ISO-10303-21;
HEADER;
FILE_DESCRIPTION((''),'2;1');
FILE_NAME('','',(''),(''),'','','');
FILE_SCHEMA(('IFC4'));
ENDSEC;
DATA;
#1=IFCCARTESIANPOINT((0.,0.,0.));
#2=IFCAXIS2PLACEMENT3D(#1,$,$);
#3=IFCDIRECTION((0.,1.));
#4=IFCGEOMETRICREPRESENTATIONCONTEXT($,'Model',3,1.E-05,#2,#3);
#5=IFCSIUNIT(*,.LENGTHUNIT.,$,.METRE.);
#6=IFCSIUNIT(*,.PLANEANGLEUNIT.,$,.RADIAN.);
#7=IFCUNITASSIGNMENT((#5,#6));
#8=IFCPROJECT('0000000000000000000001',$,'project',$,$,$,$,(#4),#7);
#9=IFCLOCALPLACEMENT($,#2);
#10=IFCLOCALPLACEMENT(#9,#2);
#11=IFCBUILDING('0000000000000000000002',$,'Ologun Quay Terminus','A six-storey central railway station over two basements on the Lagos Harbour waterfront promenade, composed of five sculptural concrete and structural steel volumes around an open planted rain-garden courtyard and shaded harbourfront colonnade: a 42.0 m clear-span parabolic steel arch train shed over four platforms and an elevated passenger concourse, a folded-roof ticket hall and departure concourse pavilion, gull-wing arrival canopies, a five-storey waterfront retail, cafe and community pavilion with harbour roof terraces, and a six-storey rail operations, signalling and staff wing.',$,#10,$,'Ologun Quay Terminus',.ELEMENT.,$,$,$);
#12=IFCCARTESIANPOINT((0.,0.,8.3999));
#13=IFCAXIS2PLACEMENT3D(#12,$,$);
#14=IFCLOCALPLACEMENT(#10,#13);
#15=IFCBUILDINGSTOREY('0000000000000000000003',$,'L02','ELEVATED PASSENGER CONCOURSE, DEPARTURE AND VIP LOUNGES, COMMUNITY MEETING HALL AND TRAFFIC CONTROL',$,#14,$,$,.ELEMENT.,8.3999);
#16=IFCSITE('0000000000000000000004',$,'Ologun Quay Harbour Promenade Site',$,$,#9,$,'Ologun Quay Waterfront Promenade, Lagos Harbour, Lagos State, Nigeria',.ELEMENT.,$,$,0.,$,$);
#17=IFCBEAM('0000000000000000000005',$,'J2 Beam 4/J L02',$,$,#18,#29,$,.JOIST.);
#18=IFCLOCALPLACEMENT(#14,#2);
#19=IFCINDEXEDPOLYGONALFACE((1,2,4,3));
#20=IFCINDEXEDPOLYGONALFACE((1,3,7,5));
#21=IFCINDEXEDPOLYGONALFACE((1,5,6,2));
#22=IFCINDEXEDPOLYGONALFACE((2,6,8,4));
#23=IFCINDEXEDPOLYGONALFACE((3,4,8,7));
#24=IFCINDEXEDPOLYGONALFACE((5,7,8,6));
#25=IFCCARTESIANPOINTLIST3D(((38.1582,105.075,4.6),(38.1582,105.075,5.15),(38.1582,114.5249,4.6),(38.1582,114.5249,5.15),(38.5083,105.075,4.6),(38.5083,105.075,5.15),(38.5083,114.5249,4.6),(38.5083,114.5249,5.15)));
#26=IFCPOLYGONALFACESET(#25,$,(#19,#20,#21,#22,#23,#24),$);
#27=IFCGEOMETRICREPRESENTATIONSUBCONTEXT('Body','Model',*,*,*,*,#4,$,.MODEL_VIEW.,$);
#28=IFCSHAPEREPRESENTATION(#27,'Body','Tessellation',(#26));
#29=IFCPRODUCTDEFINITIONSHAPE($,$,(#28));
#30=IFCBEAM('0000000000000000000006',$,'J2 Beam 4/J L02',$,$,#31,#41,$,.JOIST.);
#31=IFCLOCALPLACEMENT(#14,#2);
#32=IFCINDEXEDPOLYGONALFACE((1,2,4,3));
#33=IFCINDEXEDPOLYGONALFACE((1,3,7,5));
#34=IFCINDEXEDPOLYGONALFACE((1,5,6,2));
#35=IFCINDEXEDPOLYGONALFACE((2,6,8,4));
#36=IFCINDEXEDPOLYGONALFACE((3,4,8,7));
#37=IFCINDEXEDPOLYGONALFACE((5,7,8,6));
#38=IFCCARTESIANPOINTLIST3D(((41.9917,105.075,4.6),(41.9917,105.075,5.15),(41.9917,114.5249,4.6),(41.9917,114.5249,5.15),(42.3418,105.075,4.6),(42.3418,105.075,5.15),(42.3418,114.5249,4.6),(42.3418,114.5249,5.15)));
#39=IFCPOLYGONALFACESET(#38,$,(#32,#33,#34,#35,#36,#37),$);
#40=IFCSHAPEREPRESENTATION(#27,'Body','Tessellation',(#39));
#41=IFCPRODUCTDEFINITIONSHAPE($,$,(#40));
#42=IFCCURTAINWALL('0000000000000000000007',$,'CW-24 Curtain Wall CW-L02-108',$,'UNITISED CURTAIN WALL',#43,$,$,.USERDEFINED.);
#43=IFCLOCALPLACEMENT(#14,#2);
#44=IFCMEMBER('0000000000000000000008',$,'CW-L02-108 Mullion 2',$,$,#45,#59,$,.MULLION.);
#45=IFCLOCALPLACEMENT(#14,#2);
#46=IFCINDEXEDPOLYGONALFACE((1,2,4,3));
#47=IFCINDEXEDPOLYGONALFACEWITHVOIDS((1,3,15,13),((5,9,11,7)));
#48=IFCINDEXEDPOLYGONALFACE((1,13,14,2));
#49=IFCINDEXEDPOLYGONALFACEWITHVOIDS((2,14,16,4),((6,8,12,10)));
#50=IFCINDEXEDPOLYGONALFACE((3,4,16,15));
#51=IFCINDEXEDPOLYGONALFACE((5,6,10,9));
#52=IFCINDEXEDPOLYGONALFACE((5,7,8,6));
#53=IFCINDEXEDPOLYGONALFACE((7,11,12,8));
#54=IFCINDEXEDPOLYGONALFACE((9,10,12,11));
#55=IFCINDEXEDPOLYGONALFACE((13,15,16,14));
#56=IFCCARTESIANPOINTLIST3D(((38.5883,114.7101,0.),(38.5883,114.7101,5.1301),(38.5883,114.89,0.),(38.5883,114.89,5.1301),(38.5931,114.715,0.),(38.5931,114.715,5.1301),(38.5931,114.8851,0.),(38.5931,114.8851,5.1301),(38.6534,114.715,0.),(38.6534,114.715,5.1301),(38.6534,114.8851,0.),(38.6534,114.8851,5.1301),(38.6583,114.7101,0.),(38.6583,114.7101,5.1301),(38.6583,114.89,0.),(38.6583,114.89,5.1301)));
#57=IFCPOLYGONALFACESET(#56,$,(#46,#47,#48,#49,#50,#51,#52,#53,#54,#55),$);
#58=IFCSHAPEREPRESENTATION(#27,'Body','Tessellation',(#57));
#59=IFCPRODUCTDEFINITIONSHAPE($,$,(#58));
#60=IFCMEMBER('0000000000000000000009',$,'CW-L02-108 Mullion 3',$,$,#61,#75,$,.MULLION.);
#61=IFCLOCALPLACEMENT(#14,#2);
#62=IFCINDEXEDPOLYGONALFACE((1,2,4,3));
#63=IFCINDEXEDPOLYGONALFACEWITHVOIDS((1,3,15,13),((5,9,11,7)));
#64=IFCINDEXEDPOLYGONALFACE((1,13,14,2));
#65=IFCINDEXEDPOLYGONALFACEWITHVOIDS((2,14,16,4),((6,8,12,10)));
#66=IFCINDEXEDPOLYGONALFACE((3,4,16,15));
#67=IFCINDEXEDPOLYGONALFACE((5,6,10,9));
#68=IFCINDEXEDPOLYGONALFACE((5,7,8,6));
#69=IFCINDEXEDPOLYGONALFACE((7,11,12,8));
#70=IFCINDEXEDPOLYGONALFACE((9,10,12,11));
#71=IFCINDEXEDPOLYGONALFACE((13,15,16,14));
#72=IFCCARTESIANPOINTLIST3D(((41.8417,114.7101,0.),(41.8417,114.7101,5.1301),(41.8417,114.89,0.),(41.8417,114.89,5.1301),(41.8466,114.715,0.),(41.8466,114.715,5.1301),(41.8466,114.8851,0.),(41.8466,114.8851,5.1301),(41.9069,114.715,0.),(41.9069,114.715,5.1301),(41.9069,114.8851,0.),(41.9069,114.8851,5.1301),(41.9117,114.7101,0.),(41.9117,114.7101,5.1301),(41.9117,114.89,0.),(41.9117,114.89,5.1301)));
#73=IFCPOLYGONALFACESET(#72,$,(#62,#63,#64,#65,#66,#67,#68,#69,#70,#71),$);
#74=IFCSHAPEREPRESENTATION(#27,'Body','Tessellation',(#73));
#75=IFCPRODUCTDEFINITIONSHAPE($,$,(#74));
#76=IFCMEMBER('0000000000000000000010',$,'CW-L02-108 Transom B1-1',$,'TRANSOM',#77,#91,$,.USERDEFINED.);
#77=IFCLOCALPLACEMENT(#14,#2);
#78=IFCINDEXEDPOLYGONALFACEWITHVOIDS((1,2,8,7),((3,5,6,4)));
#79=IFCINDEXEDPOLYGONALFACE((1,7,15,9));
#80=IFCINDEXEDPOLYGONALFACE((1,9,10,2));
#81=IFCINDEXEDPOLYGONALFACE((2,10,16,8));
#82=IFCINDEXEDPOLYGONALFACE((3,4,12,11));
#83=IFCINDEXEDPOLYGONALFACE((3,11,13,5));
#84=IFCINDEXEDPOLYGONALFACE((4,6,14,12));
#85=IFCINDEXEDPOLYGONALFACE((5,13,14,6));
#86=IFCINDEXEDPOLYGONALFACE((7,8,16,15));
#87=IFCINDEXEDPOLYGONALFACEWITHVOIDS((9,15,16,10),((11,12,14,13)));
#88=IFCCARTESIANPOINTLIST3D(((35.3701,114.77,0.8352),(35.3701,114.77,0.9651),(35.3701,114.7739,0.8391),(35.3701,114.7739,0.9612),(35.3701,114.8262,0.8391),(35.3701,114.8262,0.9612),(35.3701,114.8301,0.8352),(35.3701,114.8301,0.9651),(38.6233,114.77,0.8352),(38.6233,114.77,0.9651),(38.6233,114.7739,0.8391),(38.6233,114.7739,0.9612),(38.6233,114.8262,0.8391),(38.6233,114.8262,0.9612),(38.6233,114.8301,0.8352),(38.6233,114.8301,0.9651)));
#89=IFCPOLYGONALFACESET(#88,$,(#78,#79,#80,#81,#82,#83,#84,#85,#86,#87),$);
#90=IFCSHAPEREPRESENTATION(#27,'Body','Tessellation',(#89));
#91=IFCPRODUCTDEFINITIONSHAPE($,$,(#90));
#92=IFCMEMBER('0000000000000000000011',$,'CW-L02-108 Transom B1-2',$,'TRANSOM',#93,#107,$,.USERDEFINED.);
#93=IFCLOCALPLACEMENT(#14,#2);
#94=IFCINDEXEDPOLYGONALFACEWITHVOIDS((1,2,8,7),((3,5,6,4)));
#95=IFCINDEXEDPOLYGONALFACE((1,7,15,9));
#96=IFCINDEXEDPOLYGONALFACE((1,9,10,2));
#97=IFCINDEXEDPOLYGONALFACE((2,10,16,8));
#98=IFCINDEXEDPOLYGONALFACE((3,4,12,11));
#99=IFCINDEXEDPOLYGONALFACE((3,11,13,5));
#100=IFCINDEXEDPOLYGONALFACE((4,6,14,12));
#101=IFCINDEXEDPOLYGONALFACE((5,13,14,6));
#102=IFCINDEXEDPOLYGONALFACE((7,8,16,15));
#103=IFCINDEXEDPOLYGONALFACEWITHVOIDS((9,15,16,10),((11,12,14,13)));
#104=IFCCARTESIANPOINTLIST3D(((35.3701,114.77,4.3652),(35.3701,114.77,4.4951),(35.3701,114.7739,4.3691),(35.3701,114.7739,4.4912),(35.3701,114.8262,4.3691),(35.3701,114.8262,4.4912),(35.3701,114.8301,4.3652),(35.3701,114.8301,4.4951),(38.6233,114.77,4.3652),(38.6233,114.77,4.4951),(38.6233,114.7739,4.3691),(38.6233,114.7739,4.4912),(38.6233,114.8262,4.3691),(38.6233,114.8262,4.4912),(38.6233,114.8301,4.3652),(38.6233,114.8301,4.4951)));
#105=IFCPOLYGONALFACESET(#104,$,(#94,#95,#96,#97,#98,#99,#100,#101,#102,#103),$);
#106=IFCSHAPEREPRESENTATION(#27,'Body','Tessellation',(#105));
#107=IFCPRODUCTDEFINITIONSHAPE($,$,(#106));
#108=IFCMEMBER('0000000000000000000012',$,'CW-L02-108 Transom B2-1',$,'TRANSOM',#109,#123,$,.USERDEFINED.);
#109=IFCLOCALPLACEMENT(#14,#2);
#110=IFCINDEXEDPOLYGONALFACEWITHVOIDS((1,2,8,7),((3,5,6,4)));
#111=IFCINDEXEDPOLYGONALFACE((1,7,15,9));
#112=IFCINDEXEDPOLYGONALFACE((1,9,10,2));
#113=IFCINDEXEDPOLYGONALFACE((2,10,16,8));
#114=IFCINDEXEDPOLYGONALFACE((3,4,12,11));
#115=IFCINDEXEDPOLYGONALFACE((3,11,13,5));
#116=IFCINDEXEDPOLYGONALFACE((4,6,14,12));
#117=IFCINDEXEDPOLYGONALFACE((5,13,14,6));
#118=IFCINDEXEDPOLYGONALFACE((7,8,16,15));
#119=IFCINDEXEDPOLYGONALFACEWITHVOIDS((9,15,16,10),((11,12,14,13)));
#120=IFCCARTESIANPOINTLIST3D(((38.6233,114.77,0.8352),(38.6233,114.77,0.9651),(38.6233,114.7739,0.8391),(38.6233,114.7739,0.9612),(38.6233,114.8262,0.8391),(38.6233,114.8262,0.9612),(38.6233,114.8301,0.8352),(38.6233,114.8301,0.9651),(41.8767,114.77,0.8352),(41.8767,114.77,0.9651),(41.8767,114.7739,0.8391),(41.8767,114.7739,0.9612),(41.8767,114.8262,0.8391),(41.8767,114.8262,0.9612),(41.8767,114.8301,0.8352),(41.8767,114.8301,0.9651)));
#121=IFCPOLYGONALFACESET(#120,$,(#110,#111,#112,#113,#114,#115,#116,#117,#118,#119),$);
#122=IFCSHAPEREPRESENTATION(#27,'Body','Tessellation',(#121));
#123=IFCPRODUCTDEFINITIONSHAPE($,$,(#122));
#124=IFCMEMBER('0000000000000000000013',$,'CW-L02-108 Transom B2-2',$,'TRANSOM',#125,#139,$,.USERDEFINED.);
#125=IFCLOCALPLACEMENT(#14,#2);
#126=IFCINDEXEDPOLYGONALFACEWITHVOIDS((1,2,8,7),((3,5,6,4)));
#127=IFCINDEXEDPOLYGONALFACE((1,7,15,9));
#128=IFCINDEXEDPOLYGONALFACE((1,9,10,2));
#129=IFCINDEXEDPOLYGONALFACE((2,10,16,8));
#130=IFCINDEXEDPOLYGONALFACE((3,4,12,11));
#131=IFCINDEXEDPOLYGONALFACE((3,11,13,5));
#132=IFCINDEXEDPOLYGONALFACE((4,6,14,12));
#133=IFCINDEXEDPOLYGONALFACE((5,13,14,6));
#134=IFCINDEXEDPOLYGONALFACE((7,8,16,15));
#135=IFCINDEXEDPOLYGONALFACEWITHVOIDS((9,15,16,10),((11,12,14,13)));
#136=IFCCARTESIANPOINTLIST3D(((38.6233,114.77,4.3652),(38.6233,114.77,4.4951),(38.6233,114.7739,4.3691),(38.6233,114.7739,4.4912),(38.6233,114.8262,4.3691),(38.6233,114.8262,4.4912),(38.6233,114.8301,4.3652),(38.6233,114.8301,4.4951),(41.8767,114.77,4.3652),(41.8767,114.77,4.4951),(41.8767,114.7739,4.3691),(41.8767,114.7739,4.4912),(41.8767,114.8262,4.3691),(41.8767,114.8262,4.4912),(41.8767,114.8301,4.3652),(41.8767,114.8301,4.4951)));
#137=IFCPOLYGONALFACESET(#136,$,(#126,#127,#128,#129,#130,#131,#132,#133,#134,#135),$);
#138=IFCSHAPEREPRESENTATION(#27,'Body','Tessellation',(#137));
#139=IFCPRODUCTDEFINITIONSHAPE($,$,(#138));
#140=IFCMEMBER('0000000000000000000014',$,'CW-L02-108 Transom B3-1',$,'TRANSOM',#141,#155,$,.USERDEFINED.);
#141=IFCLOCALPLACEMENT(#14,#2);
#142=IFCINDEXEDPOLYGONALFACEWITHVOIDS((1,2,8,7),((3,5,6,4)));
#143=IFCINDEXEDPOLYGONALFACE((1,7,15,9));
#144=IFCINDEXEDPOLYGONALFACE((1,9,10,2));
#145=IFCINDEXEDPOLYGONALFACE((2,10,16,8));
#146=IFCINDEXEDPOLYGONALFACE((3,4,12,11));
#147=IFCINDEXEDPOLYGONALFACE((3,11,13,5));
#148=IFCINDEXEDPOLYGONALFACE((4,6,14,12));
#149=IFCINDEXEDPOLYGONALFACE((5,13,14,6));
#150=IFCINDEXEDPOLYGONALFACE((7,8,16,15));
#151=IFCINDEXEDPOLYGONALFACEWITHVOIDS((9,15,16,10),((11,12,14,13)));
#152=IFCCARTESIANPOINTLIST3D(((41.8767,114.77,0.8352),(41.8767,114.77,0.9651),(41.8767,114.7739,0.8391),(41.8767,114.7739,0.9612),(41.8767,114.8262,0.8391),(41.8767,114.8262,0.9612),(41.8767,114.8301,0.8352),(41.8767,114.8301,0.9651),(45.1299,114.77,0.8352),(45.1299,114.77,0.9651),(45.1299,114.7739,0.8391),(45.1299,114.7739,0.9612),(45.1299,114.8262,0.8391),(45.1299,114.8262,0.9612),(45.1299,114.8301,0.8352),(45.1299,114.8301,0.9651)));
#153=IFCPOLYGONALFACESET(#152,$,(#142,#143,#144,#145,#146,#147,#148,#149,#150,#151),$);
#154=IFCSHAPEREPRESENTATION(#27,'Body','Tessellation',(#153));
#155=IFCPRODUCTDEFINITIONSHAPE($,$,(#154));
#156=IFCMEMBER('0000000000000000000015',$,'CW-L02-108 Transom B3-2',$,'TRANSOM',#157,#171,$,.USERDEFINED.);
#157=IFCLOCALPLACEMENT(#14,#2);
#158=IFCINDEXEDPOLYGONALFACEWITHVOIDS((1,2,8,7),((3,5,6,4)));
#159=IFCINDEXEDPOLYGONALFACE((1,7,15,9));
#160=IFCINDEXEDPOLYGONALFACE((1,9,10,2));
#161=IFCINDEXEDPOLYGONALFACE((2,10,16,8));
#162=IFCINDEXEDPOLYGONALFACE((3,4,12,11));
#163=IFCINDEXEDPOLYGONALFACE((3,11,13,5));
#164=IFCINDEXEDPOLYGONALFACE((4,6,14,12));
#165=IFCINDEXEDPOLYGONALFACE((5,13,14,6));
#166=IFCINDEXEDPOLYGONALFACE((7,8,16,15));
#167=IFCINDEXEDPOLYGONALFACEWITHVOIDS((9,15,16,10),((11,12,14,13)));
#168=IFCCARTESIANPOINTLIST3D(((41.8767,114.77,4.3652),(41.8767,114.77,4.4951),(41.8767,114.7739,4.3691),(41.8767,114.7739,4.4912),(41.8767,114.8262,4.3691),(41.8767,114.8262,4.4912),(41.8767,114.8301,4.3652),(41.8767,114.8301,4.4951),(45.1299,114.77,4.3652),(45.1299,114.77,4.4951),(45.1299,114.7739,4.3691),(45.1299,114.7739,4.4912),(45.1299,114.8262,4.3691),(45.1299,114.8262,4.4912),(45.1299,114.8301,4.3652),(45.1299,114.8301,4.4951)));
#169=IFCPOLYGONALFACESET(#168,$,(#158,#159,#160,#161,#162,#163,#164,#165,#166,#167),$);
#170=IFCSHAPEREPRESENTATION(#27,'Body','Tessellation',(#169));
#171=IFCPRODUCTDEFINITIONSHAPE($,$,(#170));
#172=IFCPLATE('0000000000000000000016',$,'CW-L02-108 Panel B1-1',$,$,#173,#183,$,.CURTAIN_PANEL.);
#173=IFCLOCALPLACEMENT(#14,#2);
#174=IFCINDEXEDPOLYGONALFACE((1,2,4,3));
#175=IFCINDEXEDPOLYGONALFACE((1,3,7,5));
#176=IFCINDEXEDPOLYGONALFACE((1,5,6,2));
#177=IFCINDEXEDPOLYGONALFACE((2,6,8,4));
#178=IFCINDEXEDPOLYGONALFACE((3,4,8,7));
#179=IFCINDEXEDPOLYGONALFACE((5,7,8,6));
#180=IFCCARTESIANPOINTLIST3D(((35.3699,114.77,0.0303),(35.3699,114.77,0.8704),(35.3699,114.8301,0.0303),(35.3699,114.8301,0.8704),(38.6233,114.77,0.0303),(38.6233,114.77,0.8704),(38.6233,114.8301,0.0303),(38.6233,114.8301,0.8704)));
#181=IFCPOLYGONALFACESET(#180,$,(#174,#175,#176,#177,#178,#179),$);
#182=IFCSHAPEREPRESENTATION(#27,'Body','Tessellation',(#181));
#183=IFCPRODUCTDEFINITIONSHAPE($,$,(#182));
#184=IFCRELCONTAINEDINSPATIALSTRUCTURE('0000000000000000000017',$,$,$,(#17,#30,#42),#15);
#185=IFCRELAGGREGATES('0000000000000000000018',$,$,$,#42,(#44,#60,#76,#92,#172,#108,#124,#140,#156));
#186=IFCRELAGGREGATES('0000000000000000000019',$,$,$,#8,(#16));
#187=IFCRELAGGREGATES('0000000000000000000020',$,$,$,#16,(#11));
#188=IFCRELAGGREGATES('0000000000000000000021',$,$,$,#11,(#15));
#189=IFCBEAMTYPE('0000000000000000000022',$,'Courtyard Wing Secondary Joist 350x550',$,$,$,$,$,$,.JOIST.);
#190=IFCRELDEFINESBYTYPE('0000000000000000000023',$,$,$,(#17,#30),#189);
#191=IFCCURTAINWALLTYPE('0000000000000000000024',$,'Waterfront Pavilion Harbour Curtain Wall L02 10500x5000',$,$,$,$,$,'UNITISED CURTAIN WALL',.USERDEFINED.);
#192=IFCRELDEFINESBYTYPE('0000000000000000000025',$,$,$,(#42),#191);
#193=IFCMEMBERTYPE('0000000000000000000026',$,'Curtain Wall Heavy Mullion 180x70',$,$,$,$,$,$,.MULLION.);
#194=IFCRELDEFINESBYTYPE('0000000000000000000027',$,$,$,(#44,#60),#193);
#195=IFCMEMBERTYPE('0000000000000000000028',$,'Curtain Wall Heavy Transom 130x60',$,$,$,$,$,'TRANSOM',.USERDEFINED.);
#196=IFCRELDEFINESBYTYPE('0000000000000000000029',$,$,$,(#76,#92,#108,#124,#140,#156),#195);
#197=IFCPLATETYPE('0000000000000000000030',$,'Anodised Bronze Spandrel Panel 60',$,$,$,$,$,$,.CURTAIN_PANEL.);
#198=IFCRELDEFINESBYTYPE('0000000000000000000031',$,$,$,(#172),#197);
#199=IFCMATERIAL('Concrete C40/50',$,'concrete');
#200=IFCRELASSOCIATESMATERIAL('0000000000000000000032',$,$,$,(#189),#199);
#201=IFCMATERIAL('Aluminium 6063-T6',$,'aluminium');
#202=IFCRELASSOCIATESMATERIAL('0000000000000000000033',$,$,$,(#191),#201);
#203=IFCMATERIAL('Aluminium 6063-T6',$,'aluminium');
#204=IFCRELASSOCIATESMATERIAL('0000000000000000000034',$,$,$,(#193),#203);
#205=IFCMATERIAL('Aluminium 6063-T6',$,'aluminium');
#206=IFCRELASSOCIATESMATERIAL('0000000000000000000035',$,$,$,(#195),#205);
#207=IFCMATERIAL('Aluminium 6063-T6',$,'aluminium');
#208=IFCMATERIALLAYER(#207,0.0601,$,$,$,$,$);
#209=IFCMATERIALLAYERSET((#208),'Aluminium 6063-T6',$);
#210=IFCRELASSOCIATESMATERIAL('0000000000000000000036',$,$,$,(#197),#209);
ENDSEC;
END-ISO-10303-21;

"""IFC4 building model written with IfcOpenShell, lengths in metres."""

from ifc_helpers import new_model, si_unit, direction, frame, origin, origin_2d, place, context, subcontext, project, spatial, rectangle, hollow_rectangle, extrude, material, layer, layer_set, material_profile, profile_set, type_object, element, aggregate, save


model = new_model("IFC4")

# Units and contexts
model_context = context("Model", 3, precision=1e-05, world=origin(), true_north=direction((0.0, 1.0)))
body_context = subcontext(model_context, "Body", "Model", "MODEL_VIEW")
ifc_project = project(units=[si_unit("LENGTHUNIT", "METRE"), si_unit("PLANEANGLEUNIT", "RADIAN")], contexts=[model_context])

# Site, building, storey
site_placement = place(None, origin())
site = spatial("IfcSite", under=ifc_project, at=site_placement, Name="Ologun Quay Harbour Promenade Site", LongName="Ologun Quay Waterfront Promenade, Lagos Harbour, Lagos State, Nigeria", CompositionType="ELEMENT", RefElevation=0.0)
building_placement = place(site_placement, origin())
building = spatial("IfcBuilding", under=site, at=building_placement, Name="Ologun Quay Terminus", Description="A six-storey central railway station over two basements on the Lagos Harbour waterfront promenade, composed of five sculptural concrete and structural steel volumes around an open planted rain-garden courtyard and shaded harbourfront colonnade: a 42.0 m clear-span parabolic steel arch train shed over four platforms and an elevated passenger concourse, a folded-roof ticket hall and departure concourse pavilion, gull-wing arrival canopies, a five-storey waterfront retail, cafe and community pavilion with harbour roof terraces, and a six-storey rail operations, signalling and staff wing.", LongName="Ologun Quay Terminus", CompositionType="ELEMENT")
storey_placement = place(building_placement, frame((0.0, 0.0, 8.3999)))
storey = spatial("IfcBuildingStorey", under=building, at=storey_placement, Name="L02", Description="ELEVATED PASSENGER CONCOURSE, DEPARTURE AND VIP LOUNGES, COMMUNITY MEETING HALL AND TRAFFIC CONTROL", CompositionType="ELEMENT", Elevation=8.3999)

# Beams
ifc_material_1 = material(Name="Concrete C40/50", Category="concrete")
ifc_material_profile_1 = material_profile(ifc_material_1, rectangle(XDim=0.3501, YDim=0.55, at=origin_2d()), Name="RC 350x550")
ifc_profile_set_1 = profile_set([ifc_material_profile_1], Name="Concrete C40/50")
beam_type = type_object("IfcBeamType", Name="Courtyard Wing Secondary Joist 350x550", PredefinedType="JOIST", material=ifc_profile_set_1)
for number, where, z_axis, x_axis, name in (
    (1, (38.3333, 105.075, 4.875), (0.0, 1.0, 0.0), (-1.0, 0.0, 0.0), "J2 Beam 4/J L02"),
    (2, (42.1667, 105.075, 4.875), (0.0, 1.0, 0.0), (-1.0, 0.0, 0.0), "J2 Beam 4/J L02"),
):
    element("IfcBeam", number, at=place(storey_placement, frame(where, z_axis=z_axis, x_axis=x_axis)), inside=storey, type_object=beam_type, Name=name, PredefinedType="JOIST", context=body_context, shape_type="SweptSolid", body=[
        extrude(rectangle(XDim=0.3501, YDim=0.55, at=origin_2d()), origin(), (0.0, 0.0, 1.0), 9.45),
    ])

# Curtain wall, members, plate
ifc_material_2 = material(Name="Aluminium 6063-T6", Category="aluminium")
curtain_wall_type = type_object("IfcCurtainWallType", Name="Waterfront Pavilion Harbour Curtain Wall L02 10500x5000", ElementType="UNITISED CURTAIN WALL", PredefinedType="USERDEFINED", material=ifc_material_2)
curtain_wall_placement = place(storey_placement, origin())
curtain_wall = element("IfcCurtainWall", 3, at=curtain_wall_placement, inside=storey, type_object=curtain_wall_type, Name="CW-24 Curtain Wall CW-L02-108", ObjectType="UNITISED CURTAIN WALL", PredefinedType="USERDEFINED")
ifc_material_3 = material(Name="Aluminium 6063-T6", Category="aluminium")
ifc_material_profile_2 = material_profile(ifc_material_3, hollow_rectangle(XDim=0.0701, YDim=0.1799, WallThickness=0.0049, at=origin_2d()), Name="ALU 180x70x5")
ifc_profile_set_2 = profile_set([ifc_material_profile_2], Name="Aluminium 6063-T6")
member_type_1 = type_object("IfcMemberType", Name="Curtain Wall Heavy Mullion 180x70", PredefinedType="MULLION", material=ifc_profile_set_2)
member_1_placement = place(storey_placement, frame((38.6233, 114.8, 0.0), z_axis=(0.0, 0.0, 1.0), x_axis=(1.0, 0.0, 0.0)))
member_1 = element("IfcMember", 4, at=member_1_placement, type_object=member_type_1, Name="CW-L02-108 Mullion 2", PredefinedType="MULLION", context=body_context, shape_type="SweptSolid", body=[
    extrude(hollow_rectangle(XDim=0.0701, YDim=0.1799, WallThickness=0.0049, at=origin_2d()), origin(), (0.0, 0.0, 1.0), 5.1301),
])
member_2_placement = place(storey_placement, frame((41.8767, 114.8, 0.0), z_axis=(0.0, 0.0, 1.0), x_axis=(1.0, 0.0, 0.0)))
member_2 = element("IfcMember", 5, at=member_2_placement, type_object=member_type_1, Name="CW-L02-108 Mullion 3", PredefinedType="MULLION", context=body_context, shape_type="SweptSolid", body=[
    extrude(hollow_rectangle(XDim=0.0701, YDim=0.1799, WallThickness=0.0049, at=origin_2d()), origin(), (0.0, 0.0, 1.0), 5.1301),
])
ifc_material_4 = material(Name="Aluminium 6063-T6", Category="aluminium")
ifc_material_profile_3 = material_profile(ifc_material_4, hollow_rectangle(XDim=0.0601, YDim=0.1299, WallThickness=0.0039, at=origin_2d()), Name="ALU 130x60x4")
ifc_profile_set_3 = profile_set([ifc_material_profile_3], Name="Aluminium 6063-T6")
member_type_2 = type_object("IfcMemberType", Name="Curtain Wall Heavy Transom 130x60", ElementType="TRANSOM", PredefinedType="USERDEFINED", material=ifc_profile_set_3)
member_3_placement = place(storey_placement, frame((35.3701, 114.8, 0.9001), z_axis=(1.0, 0.0, 0.0), x_axis=(0.0, 1.0, 0.0)))
member_3 = element("IfcMember", 6, at=member_3_placement, type_object=member_type_2, Name="CW-L02-108 Transom B1-1", ObjectType="TRANSOM", PredefinedType="USERDEFINED", context=body_context, shape_type="SweptSolid", body=[
    extrude(hollow_rectangle(XDim=0.0601, YDim=0.1299, WallThickness=0.0039, at=origin_2d()), origin(), (0.0, 0.0, 1.0), 3.2532),
])
member_4_placement = place(storey_placement, frame((35.3701, 114.8, 4.4302), z_axis=(1.0, 0.0, 0.0), x_axis=(0.0, 1.0, 0.0)))
member_4 = element("IfcMember", 7, at=member_4_placement, type_object=member_type_2, Name="CW-L02-108 Transom B1-2", ObjectType="TRANSOM", PredefinedType="USERDEFINED", context=body_context, shape_type="SweptSolid", body=[
    extrude(hollow_rectangle(XDim=0.0601, YDim=0.1299, WallThickness=0.0039, at=origin_2d()), origin(), (0.0, 0.0, 1.0), 3.2532),
])
member_5_placement = place(storey_placement, frame((38.6233, 114.8, 0.9001), z_axis=(1.0, 0.0, 0.0), x_axis=(0.0, 1.0, 0.0)))
member_5 = element("IfcMember", 8, at=member_5_placement, type_object=member_type_2, Name="CW-L02-108 Transom B2-1", ObjectType="TRANSOM", PredefinedType="USERDEFINED", context=body_context, shape_type="SweptSolid", body=[
    extrude(hollow_rectangle(XDim=0.0601, YDim=0.1299, WallThickness=0.0039, at=origin_2d()), origin(), (0.0, 0.0, 1.0), 3.2534),
])
member_6_placement = place(storey_placement, frame((38.6233, 114.8, 4.4302), z_axis=(1.0, 0.0, 0.0), x_axis=(0.0, 1.0, 0.0)))
member_6 = element("IfcMember", 9, at=member_6_placement, type_object=member_type_2, Name="CW-L02-108 Transom B2-2", ObjectType="TRANSOM", PredefinedType="USERDEFINED", context=body_context, shape_type="SweptSolid", body=[
    extrude(hollow_rectangle(XDim=0.0601, YDim=0.1299, WallThickness=0.0039, at=origin_2d()), origin(), (0.0, 0.0, 1.0), 3.2534),
])
member_7_placement = place(storey_placement, frame((41.8767, 114.8, 0.9001), z_axis=(1.0, 0.0, 0.0), x_axis=(0.0, 1.0, 0.0)))
member_7 = element("IfcMember", 10, at=member_7_placement, type_object=member_type_2, Name="CW-L02-108 Transom B3-1", ObjectType="TRANSOM", PredefinedType="USERDEFINED", context=body_context, shape_type="SweptSolid", body=[
    extrude(hollow_rectangle(XDim=0.0601, YDim=0.1299, WallThickness=0.0039, at=origin_2d()), origin(), (0.0, 0.0, 1.0), 3.2532),
])
member_8_placement = place(storey_placement, frame((41.8767, 114.8, 4.4302), z_axis=(1.0, 0.0, 0.0), x_axis=(0.0, 1.0, 0.0)))
member_8 = element("IfcMember", 11, at=member_8_placement, type_object=member_type_2, Name="CW-L02-108 Transom B3-2", ObjectType="TRANSOM", PredefinedType="USERDEFINED", context=body_context, shape_type="SweptSolid", body=[
    extrude(hollow_rectangle(XDim=0.0601, YDim=0.1299, WallThickness=0.0039, at=origin_2d()), origin(), (0.0, 0.0, 1.0), 3.2532),
])
ifc_material_5 = material(Name="Aluminium 6063-T6", Category="aluminium")
ifc_layer_1 = layer(ifc_material_5, 0.0601)
ifc_layer_set_1 = layer_set([ifc_layer_1], Name="Aluminium 6063-T6")
plate_type_1 = type_object("IfcPlateType", Name="Anodised Bronze Spandrel Panel 60", PredefinedType="CURTAIN_PANEL", material=ifc_layer_set_1)
plate_1_placement = place(storey_placement, frame((36.9966, 114.8, 0.0303), z_axis=(0.0, 0.0, 1.0), x_axis=(1.0, 0.0, 0.0)))
plate_1 = element("IfcPlate", 12, at=plate_1_placement, type_object=plate_type_1, Name="CW-L02-108 Panel B1-1", PredefinedType="CURTAIN_PANEL", context=body_context, shape_type="SweptSolid", body=[
    extrude(rectangle(XDim=3.2534, YDim=0.0601, at=origin_2d()), origin(), (0.0, 0.0, 1.0), 0.8401),
])
aggregate(curtain_wall, [member_1, member_2, member_3, member_4, plate_1, member_5, member_6, member_7, member_8])

save(model, "model.ifc")
